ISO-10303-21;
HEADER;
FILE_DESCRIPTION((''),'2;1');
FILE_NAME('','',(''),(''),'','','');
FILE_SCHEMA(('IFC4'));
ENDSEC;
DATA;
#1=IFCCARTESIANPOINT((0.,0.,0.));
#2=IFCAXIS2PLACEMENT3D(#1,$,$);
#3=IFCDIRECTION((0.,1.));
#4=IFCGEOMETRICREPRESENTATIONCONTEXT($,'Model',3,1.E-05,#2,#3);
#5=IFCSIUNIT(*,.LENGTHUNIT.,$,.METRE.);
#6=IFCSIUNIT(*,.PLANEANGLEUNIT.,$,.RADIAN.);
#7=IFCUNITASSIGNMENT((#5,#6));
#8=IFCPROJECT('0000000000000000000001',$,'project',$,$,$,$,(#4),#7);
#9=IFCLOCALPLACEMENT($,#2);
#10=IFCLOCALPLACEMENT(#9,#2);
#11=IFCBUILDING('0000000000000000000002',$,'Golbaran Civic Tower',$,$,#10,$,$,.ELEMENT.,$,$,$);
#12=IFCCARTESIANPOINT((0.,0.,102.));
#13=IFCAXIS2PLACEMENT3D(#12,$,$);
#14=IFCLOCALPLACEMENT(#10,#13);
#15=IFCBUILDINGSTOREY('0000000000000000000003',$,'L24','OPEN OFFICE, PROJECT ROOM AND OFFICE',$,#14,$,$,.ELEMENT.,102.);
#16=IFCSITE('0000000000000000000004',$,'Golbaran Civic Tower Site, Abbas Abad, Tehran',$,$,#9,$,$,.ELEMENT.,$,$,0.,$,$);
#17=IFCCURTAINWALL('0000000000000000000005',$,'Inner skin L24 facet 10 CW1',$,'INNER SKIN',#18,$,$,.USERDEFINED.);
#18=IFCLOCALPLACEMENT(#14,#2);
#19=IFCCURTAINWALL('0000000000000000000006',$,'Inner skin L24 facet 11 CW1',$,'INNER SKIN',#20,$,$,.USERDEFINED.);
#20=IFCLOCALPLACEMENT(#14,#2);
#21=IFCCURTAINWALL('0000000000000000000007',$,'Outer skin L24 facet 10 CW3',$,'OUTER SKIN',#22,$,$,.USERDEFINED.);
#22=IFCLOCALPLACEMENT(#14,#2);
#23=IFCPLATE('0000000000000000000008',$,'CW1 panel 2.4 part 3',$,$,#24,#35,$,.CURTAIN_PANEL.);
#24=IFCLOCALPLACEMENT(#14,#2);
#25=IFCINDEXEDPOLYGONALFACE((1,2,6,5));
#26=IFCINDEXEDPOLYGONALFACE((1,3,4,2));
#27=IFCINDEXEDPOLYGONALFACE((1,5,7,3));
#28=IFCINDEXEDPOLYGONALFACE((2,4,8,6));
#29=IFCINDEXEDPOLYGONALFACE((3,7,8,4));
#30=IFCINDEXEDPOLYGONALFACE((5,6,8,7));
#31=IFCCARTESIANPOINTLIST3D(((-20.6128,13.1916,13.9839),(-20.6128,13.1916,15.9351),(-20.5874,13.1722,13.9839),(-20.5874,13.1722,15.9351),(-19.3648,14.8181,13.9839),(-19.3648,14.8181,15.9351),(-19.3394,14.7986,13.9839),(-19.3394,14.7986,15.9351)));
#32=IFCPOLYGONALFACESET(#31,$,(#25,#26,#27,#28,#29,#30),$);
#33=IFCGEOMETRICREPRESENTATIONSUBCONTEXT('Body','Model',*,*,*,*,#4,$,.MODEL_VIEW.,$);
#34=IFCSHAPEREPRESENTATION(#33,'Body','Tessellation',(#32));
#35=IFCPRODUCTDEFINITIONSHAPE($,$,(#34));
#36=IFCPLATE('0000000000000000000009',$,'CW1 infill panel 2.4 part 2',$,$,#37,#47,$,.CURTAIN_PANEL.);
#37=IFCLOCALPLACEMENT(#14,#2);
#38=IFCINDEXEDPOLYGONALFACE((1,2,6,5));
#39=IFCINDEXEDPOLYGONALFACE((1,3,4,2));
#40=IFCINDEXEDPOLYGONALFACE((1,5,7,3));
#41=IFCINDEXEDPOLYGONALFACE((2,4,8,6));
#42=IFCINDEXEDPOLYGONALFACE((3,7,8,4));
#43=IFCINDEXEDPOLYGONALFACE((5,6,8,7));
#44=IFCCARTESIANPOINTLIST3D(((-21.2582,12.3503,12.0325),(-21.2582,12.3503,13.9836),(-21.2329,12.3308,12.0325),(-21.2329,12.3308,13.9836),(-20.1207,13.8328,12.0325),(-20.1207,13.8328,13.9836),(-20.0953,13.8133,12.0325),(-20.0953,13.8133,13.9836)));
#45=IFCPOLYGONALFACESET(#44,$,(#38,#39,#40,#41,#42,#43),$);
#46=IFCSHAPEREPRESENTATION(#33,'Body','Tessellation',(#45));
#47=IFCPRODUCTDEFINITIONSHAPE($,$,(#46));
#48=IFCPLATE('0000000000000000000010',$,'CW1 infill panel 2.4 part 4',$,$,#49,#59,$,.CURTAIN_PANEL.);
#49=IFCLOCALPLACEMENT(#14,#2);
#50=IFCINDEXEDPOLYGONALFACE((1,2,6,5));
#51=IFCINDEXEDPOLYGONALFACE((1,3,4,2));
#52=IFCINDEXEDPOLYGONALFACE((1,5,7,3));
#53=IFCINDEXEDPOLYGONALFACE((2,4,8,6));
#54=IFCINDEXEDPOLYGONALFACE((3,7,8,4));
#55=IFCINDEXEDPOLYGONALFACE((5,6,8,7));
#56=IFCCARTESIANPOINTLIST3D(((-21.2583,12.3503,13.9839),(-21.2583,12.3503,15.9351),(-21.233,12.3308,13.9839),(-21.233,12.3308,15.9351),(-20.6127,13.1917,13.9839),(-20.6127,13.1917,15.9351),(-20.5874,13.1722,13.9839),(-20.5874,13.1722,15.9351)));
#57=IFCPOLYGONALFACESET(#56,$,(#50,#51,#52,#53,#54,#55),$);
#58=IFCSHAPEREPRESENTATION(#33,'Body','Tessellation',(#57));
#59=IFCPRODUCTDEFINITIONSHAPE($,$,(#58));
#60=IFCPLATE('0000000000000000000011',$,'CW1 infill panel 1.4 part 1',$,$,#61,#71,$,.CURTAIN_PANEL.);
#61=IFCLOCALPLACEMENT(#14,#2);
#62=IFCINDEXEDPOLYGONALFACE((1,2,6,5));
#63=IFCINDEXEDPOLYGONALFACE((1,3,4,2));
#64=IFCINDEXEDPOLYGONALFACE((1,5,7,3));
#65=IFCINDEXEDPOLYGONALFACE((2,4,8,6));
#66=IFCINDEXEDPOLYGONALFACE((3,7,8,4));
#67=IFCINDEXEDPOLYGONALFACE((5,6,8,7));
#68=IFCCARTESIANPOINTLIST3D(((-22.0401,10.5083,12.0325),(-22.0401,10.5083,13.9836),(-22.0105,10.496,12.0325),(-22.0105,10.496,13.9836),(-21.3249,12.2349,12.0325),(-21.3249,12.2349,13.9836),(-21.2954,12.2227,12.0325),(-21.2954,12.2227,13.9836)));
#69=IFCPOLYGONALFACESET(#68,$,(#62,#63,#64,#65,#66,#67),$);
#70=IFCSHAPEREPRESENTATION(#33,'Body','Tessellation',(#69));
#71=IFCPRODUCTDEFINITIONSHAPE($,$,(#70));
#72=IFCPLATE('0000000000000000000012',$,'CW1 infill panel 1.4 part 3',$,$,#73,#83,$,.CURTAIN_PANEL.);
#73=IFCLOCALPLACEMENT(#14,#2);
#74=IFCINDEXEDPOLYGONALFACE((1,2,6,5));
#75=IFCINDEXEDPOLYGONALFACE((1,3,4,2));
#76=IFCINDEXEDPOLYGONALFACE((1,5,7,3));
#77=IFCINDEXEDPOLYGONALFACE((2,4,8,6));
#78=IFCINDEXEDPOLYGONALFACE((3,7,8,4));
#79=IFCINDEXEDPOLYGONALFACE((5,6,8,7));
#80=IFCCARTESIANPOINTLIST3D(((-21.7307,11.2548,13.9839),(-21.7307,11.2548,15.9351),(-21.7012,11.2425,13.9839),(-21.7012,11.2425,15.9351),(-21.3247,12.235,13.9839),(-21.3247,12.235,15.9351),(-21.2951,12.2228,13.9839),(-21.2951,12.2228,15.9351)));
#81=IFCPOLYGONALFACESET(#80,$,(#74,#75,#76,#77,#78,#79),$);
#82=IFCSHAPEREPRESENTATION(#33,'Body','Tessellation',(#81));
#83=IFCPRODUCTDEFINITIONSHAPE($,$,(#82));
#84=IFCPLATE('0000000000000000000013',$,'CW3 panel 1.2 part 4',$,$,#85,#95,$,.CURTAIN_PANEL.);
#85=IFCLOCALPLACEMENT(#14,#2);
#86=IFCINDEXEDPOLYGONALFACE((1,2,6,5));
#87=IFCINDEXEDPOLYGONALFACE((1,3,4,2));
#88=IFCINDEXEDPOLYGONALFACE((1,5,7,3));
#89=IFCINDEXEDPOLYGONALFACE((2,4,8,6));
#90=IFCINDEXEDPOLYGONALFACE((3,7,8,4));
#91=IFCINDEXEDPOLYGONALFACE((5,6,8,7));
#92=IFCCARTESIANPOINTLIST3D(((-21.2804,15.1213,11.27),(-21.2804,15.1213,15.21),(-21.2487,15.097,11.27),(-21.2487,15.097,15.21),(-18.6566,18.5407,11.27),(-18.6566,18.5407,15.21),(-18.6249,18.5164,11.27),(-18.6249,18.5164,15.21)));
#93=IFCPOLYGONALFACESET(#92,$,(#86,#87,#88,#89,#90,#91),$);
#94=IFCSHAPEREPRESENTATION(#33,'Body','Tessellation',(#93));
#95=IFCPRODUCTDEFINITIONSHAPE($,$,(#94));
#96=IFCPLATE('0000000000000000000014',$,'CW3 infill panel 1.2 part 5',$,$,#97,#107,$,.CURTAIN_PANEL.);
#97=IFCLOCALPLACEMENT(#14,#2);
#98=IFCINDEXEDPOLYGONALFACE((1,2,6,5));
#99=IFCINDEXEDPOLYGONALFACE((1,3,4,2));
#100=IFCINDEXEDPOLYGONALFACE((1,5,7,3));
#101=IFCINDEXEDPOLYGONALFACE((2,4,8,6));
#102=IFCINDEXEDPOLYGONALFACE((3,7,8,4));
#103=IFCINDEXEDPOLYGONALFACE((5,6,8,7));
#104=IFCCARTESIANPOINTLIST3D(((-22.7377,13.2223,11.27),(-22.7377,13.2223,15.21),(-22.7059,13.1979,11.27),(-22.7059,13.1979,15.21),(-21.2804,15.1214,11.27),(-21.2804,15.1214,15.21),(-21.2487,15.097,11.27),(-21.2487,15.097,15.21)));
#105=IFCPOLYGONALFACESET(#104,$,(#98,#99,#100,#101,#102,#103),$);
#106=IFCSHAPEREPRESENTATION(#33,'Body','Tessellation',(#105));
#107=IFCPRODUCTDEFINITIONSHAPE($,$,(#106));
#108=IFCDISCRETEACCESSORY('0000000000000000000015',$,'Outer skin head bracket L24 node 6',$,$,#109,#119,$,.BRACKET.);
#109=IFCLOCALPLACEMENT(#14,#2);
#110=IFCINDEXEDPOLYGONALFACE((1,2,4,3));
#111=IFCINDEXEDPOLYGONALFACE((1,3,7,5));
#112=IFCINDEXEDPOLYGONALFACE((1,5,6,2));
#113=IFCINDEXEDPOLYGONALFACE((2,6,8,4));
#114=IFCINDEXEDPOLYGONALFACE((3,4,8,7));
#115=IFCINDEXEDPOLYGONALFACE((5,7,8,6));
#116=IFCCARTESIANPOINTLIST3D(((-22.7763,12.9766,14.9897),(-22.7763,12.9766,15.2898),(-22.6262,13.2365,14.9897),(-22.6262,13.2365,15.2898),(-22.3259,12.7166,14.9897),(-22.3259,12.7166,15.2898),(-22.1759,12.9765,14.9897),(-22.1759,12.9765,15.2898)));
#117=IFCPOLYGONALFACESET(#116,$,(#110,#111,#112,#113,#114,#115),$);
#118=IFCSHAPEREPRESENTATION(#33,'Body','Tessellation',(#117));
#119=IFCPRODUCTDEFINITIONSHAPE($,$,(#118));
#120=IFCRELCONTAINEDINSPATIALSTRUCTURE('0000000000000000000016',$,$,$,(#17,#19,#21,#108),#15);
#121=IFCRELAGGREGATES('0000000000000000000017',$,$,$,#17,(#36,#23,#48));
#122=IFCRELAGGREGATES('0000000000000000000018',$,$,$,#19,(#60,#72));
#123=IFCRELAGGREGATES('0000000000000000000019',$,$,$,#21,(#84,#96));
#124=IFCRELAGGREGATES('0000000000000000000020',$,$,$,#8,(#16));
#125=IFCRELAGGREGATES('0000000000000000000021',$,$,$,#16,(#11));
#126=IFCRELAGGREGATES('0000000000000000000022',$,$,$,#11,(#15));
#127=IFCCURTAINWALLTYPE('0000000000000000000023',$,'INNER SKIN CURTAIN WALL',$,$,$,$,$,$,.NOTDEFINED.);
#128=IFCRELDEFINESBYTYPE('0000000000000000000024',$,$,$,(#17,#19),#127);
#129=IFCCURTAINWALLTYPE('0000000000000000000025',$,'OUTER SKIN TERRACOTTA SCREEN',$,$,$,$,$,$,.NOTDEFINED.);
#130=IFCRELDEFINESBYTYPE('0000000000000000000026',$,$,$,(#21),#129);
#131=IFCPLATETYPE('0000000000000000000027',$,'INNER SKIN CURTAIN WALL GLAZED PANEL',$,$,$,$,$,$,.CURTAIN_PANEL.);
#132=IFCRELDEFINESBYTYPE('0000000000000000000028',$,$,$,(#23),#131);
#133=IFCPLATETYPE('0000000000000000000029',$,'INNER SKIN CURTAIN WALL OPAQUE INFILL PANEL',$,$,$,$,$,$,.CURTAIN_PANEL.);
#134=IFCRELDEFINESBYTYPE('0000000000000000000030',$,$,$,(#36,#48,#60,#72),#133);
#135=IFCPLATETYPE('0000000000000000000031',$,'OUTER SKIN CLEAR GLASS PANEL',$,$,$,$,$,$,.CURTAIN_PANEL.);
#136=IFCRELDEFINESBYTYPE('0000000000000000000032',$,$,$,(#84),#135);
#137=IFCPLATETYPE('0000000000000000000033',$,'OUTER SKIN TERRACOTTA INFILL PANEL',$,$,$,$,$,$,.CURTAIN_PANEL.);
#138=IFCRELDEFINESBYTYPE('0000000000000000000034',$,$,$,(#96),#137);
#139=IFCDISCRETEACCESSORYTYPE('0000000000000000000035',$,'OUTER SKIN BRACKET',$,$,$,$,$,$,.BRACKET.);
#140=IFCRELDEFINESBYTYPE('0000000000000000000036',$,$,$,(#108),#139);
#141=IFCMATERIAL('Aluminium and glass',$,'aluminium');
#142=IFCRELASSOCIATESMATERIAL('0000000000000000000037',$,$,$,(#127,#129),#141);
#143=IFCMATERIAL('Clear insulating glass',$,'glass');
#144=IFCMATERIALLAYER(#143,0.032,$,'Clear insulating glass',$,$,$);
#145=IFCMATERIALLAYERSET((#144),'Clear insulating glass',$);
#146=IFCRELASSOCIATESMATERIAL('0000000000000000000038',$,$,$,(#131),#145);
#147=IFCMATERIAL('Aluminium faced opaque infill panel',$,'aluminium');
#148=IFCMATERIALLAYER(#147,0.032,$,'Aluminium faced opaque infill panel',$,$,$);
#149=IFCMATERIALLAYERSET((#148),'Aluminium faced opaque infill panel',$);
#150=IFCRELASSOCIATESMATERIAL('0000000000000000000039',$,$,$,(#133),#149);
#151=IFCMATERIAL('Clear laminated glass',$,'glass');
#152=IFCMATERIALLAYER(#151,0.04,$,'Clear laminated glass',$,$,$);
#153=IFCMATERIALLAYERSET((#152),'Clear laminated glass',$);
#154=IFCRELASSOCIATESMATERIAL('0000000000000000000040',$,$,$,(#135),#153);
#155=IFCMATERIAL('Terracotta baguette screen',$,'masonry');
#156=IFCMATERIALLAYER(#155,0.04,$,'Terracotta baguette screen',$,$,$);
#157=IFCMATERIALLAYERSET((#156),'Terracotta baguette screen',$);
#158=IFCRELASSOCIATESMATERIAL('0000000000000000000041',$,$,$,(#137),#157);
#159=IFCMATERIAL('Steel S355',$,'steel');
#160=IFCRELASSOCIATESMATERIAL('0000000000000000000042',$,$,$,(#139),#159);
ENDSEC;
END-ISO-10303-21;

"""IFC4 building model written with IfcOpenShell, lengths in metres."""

from ifc_helpers import new_model, si_unit, direction, frame, origin, origin_2d, place, context, subcontext, project, spatial, rectangle, extrude, material, layer, layer_set, type_object, element, aggregate, save


model = new_model("IFC4")

# Units and contexts
model_context = context("Model", 3, precision=1e-05, world=origin(), true_north=direction((0.0, 1.0)))
body_context = subcontext(model_context, "Body", "Model", "MODEL_VIEW")
ifc_project = project(units=[si_unit("LENGTHUNIT", "METRE"), si_unit("PLANEANGLEUNIT", "RADIAN")], contexts=[model_context])

# Site, building, storey
site_placement = place(None, origin())
site = spatial("IfcSite", under=ifc_project, at=site_placement, Name="Golbaran Civic Tower Site, Abbas Abad, Tehran", CompositionType="ELEMENT", RefElevation=0.0)
building_placement = place(site_placement, origin())
building = spatial("IfcBuilding", under=site, at=building_placement, Name="Golbaran Civic Tower", CompositionType="ELEMENT")
storey_placement = place(building_placement, frame((0.0, 0.0, 102.0)))
storey = spatial("IfcBuildingStorey", under=building, at=storey_placement, Name="L24", Description="OPEN OFFICE, PROJECT ROOM AND OFFICE", CompositionType="ELEMENT", Elevation=102.0)

# Curtain walls
ifc_material_1 = material(Name="Aluminium and glass", Category="aluminium")
curtain_wall_type_1 = type_object("IfcCurtainWallType", Name="INNER SKIN CURTAIN WALL", PredefinedType="NOTDEFINED", material=ifc_material_1)
curtain_wall_1_placement = place(storey_placement, origin())
curtain_wall_1 = element("IfcCurtainWall", 1, at=curtain_wall_1_placement, inside=storey, type_object=curtain_wall_type_1, Name="Inner skin L24 facet 10 CW1", ObjectType="INNER SKIN", PredefinedType="USERDEFINED")
curtain_wall_2_placement = place(storey_placement, origin())
curtain_wall_2 = element("IfcCurtainWall", 2, at=curtain_wall_2_placement, inside=storey, type_object=curtain_wall_type_1, Name="Inner skin L24 facet 11 CW1", ObjectType="INNER SKIN", PredefinedType="USERDEFINED")

# Curtain wall
curtain_wall_type_2 = type_object("IfcCurtainWallType", Name="OUTER SKIN TERRACOTTA SCREEN", PredefinedType="NOTDEFINED", material=ifc_material_1)
curtain_wall_3_placement = place(storey_placement, origin())
curtain_wall_3 = element("IfcCurtainWall", 3, at=curtain_wall_3_placement, inside=storey, type_object=curtain_wall_type_2, Name="Outer skin L24 facet 10 CW3", ObjectType="OUTER SKIN", PredefinedType="USERDEFINED")

# Shared definitions
ifc_material_2 = material(Name="Clear insulating glass", Category="glass")
ifc_layer_1 = layer(ifc_material_2, 0.032, Name="Clear insulating glass")
ifc_layer_set_1 = layer_set([ifc_layer_1], Name="Clear insulating glass")
plate_type_1 = type_object("IfcPlateType", Name="INNER SKIN CURTAIN WALL GLAZED PANEL", PredefinedType="CURTAIN_PANEL", material=ifc_layer_set_1)

# Plates
plate_1_placement = place(storey_placement, frame((-19.9761, 13.9951, 13.9839), z_axis=(0.0, 0.0, 1.0), x_axis=(-0.608761, -0.793353, 0.0)))
plate_1 = element("IfcPlate", 4, at=plate_1_placement, type_object=plate_type_1, Name="CW1 panel 2.4 part 3", PredefinedType="CURTAIN_PANEL", context=body_context, shape_type="SweptSolid", body=[
    extrude(rectangle(XDim=2.05, YDim=0.032, at=origin_2d()), origin(), (0.0, 0.0, 1.0), 1.9512),
])
ifc_material_3 = material(Name="Aluminium faced opaque infill panel", Category="aluminium")
ifc_layer_2 = layer(ifc_material_3, 0.032, Name="Aluminium faced opaque infill panel")
ifc_layer_set_2 = layer_set([ifc_layer_2], Name="Aluminium faced opaque infill panel")
plate_type_2 = type_object("IfcPlateType", Name="INNER SKIN CURTAIN WALL OPAQUE INFILL PANEL", PredefinedType="CURTAIN_PANEL", material=ifc_layer_set_2)
plate_2_placement = place(storey_placement, frame((-20.6768, 13.0818, 12.0325), z_axis=(0.0, 0.0, 1.0), x_axis=(-0.608761, -0.793353, 0.0)))
plate_2 = element("IfcPlate", 5, at=plate_2_placement, type_object=plate_type_2, Name="CW1 infill panel 2.4 part 2", PredefinedType="CURTAIN_PANEL", context=body_context, shape_type="SweptSolid", body=[
    extrude(rectangle(XDim=1.8687, YDim=0.032, at=origin_2d()), origin(), (0.0, 0.0, 1.0), 1.9512),
])
plate_3_placement = place(storey_placement, frame((-20.9229, 12.7612, 13.9839), z_axis=(0.0, 0.0, 1.0), x_axis=(-0.608761, -0.793353, 0.0)))
plate_3 = element("IfcPlate", 6, at=plate_3_placement, type_object=plate_type_2, Name="CW1 infill panel 2.4 part 4", PredefinedType="CURTAIN_PANEL", context=body_context, shape_type="SweptSolid", body=[
    extrude(rectangle(XDim=1.0605, YDim=0.032, at=origin_2d()), origin(), (0.0, 0.0, 1.0), 1.9512),
])
aggregate(curtain_wall_1, [plate_2, plate_1, plate_3])
plate_4_placement = place(storey_placement, frame((-21.6677, 11.3655, 12.0325), z_axis=(0.0, 0.0, 1.0), x_axis=(-0.382683, -0.92388, 0.0)))
plate_4 = element("IfcPlate", 7, at=plate_4_placement, type_object=plate_type_2, Name="CW1 infill panel 1.4 part 1", PredefinedType="CURTAIN_PANEL", context=body_context, shape_type="SweptSolid", body=[
    extrude(rectangle(XDim=1.8689, YDim=0.032, at=origin_2d()), origin(), (0.0, 0.0, 1.0), 1.9512),
])
plate_5_placement = place(storey_placement, frame((-21.5129, 11.7388, 13.9839), z_axis=(0.0, 0.0, 1.0), x_axis=(-0.382683, -0.92388, 0.0)))
plate_5 = element("IfcPlate", 8, at=plate_5_placement, type_object=plate_type_2, Name="CW1 infill panel 1.4 part 3", PredefinedType="CURTAIN_PANEL", context=body_context, shape_type="SweptSolid", body=[
    extrude(rectangle(XDim=1.061, YDim=0.032, at=origin_2d()), origin(), (0.0, 0.0, 1.0), 1.9512),
])
aggregate(curtain_wall_2, [plate_4, plate_5])
ifc_material_4 = material(Name="Clear laminated glass", Category="glass")
ifc_layer_3 = layer(ifc_material_4, 0.04, Name="Clear laminated glass")
ifc_layer_set_3 = layer_set([ifc_layer_3], Name="Clear laminated glass")
plate_type_3 = type_object("IfcPlateType", Name="OUTER SKIN CLEAR GLASS PANEL", PredefinedType="CURTAIN_PANEL", material=ifc_layer_set_3)
plate_6_placement = place(storey_placement, frame((-19.9526, 16.8188, 11.27), z_axis=(0.0, 0.0, 1.0), x_axis=(-0.608761, -0.793353, 0.0)))
plate_6 = element("IfcPlate", 9, at=plate_6_placement, type_object=plate_type_3, Name="CW3 panel 1.2 part 4", PredefinedType="CURTAIN_PANEL", context=body_context, shape_type="SweptSolid", body=[
    extrude(rectangle(XDim=4.3101, YDim=0.04, at=origin_2d()), origin(), (0.0, 0.0, 1.0), 3.9399),
])
ifc_material_5 = material(Name="Terracotta baguette screen", Category="masonry")
ifc_layer_4 = layer(ifc_material_5, 0.04, Name="Terracotta baguette screen")
ifc_layer_set_4 = layer_set([ifc_layer_4], Name="Terracotta baguette screen")
plate_type_4 = type_object("IfcPlateType", Name="OUTER SKIN TERRACOTTA INFILL PANEL", PredefinedType="CURTAIN_PANEL", material=ifc_layer_set_4)
plate_7_placement = place(storey_placement, frame((-21.9932, 14.1597, 11.27), z_axis=(0.0, 0.0, 1.0), x_axis=(-0.608761, -0.793353, 0.0)))
plate_7 = element("IfcPlate", 10, at=plate_7_placement, type_object=plate_type_4, Name="CW3 infill panel 1.2 part 5", PredefinedType="CURTAIN_PANEL", context=body_context, shape_type="SweptSolid", body=[
    extrude(rectangle(XDim=2.3938, YDim=0.04, at=origin_2d()), origin(), (0.0, 0.0, 1.0), 3.9399),
])
aggregate(curtain_wall_3, [plate_6, plate_7])

# Discrete accessory
ifc_material_6 = material(Name="Steel S355", Category="steel")
discrete_accessory_type = type_object("IfcDiscreteAccessoryType", Name="OUTER SKIN BRACKET", PredefinedType="BRACKET", material=ifc_material_6)
discrete_accessory_placement = place(storey_placement, frame((-22.4761, 12.9766, 14.9897), z_axis=(0.0, 0.0, 1.0), x_axis=(-0.866025, 0.5, 0.0)))
element("IfcDiscreteAccessory", 11, at=discrete_accessory_placement, inside=storey, type_object=discrete_accessory_type, Name="Outer skin head bracket L24 node 6", PredefinedType="BRACKET", context=body_context, shape_type="SweptSolid", body=[
    extrude(rectangle(XDim=0.52, YDim=0.3, at=origin_2d()), origin(), (0.0, 0.0, 1.0), 0.3),
])

save(model, "model.ifc")
